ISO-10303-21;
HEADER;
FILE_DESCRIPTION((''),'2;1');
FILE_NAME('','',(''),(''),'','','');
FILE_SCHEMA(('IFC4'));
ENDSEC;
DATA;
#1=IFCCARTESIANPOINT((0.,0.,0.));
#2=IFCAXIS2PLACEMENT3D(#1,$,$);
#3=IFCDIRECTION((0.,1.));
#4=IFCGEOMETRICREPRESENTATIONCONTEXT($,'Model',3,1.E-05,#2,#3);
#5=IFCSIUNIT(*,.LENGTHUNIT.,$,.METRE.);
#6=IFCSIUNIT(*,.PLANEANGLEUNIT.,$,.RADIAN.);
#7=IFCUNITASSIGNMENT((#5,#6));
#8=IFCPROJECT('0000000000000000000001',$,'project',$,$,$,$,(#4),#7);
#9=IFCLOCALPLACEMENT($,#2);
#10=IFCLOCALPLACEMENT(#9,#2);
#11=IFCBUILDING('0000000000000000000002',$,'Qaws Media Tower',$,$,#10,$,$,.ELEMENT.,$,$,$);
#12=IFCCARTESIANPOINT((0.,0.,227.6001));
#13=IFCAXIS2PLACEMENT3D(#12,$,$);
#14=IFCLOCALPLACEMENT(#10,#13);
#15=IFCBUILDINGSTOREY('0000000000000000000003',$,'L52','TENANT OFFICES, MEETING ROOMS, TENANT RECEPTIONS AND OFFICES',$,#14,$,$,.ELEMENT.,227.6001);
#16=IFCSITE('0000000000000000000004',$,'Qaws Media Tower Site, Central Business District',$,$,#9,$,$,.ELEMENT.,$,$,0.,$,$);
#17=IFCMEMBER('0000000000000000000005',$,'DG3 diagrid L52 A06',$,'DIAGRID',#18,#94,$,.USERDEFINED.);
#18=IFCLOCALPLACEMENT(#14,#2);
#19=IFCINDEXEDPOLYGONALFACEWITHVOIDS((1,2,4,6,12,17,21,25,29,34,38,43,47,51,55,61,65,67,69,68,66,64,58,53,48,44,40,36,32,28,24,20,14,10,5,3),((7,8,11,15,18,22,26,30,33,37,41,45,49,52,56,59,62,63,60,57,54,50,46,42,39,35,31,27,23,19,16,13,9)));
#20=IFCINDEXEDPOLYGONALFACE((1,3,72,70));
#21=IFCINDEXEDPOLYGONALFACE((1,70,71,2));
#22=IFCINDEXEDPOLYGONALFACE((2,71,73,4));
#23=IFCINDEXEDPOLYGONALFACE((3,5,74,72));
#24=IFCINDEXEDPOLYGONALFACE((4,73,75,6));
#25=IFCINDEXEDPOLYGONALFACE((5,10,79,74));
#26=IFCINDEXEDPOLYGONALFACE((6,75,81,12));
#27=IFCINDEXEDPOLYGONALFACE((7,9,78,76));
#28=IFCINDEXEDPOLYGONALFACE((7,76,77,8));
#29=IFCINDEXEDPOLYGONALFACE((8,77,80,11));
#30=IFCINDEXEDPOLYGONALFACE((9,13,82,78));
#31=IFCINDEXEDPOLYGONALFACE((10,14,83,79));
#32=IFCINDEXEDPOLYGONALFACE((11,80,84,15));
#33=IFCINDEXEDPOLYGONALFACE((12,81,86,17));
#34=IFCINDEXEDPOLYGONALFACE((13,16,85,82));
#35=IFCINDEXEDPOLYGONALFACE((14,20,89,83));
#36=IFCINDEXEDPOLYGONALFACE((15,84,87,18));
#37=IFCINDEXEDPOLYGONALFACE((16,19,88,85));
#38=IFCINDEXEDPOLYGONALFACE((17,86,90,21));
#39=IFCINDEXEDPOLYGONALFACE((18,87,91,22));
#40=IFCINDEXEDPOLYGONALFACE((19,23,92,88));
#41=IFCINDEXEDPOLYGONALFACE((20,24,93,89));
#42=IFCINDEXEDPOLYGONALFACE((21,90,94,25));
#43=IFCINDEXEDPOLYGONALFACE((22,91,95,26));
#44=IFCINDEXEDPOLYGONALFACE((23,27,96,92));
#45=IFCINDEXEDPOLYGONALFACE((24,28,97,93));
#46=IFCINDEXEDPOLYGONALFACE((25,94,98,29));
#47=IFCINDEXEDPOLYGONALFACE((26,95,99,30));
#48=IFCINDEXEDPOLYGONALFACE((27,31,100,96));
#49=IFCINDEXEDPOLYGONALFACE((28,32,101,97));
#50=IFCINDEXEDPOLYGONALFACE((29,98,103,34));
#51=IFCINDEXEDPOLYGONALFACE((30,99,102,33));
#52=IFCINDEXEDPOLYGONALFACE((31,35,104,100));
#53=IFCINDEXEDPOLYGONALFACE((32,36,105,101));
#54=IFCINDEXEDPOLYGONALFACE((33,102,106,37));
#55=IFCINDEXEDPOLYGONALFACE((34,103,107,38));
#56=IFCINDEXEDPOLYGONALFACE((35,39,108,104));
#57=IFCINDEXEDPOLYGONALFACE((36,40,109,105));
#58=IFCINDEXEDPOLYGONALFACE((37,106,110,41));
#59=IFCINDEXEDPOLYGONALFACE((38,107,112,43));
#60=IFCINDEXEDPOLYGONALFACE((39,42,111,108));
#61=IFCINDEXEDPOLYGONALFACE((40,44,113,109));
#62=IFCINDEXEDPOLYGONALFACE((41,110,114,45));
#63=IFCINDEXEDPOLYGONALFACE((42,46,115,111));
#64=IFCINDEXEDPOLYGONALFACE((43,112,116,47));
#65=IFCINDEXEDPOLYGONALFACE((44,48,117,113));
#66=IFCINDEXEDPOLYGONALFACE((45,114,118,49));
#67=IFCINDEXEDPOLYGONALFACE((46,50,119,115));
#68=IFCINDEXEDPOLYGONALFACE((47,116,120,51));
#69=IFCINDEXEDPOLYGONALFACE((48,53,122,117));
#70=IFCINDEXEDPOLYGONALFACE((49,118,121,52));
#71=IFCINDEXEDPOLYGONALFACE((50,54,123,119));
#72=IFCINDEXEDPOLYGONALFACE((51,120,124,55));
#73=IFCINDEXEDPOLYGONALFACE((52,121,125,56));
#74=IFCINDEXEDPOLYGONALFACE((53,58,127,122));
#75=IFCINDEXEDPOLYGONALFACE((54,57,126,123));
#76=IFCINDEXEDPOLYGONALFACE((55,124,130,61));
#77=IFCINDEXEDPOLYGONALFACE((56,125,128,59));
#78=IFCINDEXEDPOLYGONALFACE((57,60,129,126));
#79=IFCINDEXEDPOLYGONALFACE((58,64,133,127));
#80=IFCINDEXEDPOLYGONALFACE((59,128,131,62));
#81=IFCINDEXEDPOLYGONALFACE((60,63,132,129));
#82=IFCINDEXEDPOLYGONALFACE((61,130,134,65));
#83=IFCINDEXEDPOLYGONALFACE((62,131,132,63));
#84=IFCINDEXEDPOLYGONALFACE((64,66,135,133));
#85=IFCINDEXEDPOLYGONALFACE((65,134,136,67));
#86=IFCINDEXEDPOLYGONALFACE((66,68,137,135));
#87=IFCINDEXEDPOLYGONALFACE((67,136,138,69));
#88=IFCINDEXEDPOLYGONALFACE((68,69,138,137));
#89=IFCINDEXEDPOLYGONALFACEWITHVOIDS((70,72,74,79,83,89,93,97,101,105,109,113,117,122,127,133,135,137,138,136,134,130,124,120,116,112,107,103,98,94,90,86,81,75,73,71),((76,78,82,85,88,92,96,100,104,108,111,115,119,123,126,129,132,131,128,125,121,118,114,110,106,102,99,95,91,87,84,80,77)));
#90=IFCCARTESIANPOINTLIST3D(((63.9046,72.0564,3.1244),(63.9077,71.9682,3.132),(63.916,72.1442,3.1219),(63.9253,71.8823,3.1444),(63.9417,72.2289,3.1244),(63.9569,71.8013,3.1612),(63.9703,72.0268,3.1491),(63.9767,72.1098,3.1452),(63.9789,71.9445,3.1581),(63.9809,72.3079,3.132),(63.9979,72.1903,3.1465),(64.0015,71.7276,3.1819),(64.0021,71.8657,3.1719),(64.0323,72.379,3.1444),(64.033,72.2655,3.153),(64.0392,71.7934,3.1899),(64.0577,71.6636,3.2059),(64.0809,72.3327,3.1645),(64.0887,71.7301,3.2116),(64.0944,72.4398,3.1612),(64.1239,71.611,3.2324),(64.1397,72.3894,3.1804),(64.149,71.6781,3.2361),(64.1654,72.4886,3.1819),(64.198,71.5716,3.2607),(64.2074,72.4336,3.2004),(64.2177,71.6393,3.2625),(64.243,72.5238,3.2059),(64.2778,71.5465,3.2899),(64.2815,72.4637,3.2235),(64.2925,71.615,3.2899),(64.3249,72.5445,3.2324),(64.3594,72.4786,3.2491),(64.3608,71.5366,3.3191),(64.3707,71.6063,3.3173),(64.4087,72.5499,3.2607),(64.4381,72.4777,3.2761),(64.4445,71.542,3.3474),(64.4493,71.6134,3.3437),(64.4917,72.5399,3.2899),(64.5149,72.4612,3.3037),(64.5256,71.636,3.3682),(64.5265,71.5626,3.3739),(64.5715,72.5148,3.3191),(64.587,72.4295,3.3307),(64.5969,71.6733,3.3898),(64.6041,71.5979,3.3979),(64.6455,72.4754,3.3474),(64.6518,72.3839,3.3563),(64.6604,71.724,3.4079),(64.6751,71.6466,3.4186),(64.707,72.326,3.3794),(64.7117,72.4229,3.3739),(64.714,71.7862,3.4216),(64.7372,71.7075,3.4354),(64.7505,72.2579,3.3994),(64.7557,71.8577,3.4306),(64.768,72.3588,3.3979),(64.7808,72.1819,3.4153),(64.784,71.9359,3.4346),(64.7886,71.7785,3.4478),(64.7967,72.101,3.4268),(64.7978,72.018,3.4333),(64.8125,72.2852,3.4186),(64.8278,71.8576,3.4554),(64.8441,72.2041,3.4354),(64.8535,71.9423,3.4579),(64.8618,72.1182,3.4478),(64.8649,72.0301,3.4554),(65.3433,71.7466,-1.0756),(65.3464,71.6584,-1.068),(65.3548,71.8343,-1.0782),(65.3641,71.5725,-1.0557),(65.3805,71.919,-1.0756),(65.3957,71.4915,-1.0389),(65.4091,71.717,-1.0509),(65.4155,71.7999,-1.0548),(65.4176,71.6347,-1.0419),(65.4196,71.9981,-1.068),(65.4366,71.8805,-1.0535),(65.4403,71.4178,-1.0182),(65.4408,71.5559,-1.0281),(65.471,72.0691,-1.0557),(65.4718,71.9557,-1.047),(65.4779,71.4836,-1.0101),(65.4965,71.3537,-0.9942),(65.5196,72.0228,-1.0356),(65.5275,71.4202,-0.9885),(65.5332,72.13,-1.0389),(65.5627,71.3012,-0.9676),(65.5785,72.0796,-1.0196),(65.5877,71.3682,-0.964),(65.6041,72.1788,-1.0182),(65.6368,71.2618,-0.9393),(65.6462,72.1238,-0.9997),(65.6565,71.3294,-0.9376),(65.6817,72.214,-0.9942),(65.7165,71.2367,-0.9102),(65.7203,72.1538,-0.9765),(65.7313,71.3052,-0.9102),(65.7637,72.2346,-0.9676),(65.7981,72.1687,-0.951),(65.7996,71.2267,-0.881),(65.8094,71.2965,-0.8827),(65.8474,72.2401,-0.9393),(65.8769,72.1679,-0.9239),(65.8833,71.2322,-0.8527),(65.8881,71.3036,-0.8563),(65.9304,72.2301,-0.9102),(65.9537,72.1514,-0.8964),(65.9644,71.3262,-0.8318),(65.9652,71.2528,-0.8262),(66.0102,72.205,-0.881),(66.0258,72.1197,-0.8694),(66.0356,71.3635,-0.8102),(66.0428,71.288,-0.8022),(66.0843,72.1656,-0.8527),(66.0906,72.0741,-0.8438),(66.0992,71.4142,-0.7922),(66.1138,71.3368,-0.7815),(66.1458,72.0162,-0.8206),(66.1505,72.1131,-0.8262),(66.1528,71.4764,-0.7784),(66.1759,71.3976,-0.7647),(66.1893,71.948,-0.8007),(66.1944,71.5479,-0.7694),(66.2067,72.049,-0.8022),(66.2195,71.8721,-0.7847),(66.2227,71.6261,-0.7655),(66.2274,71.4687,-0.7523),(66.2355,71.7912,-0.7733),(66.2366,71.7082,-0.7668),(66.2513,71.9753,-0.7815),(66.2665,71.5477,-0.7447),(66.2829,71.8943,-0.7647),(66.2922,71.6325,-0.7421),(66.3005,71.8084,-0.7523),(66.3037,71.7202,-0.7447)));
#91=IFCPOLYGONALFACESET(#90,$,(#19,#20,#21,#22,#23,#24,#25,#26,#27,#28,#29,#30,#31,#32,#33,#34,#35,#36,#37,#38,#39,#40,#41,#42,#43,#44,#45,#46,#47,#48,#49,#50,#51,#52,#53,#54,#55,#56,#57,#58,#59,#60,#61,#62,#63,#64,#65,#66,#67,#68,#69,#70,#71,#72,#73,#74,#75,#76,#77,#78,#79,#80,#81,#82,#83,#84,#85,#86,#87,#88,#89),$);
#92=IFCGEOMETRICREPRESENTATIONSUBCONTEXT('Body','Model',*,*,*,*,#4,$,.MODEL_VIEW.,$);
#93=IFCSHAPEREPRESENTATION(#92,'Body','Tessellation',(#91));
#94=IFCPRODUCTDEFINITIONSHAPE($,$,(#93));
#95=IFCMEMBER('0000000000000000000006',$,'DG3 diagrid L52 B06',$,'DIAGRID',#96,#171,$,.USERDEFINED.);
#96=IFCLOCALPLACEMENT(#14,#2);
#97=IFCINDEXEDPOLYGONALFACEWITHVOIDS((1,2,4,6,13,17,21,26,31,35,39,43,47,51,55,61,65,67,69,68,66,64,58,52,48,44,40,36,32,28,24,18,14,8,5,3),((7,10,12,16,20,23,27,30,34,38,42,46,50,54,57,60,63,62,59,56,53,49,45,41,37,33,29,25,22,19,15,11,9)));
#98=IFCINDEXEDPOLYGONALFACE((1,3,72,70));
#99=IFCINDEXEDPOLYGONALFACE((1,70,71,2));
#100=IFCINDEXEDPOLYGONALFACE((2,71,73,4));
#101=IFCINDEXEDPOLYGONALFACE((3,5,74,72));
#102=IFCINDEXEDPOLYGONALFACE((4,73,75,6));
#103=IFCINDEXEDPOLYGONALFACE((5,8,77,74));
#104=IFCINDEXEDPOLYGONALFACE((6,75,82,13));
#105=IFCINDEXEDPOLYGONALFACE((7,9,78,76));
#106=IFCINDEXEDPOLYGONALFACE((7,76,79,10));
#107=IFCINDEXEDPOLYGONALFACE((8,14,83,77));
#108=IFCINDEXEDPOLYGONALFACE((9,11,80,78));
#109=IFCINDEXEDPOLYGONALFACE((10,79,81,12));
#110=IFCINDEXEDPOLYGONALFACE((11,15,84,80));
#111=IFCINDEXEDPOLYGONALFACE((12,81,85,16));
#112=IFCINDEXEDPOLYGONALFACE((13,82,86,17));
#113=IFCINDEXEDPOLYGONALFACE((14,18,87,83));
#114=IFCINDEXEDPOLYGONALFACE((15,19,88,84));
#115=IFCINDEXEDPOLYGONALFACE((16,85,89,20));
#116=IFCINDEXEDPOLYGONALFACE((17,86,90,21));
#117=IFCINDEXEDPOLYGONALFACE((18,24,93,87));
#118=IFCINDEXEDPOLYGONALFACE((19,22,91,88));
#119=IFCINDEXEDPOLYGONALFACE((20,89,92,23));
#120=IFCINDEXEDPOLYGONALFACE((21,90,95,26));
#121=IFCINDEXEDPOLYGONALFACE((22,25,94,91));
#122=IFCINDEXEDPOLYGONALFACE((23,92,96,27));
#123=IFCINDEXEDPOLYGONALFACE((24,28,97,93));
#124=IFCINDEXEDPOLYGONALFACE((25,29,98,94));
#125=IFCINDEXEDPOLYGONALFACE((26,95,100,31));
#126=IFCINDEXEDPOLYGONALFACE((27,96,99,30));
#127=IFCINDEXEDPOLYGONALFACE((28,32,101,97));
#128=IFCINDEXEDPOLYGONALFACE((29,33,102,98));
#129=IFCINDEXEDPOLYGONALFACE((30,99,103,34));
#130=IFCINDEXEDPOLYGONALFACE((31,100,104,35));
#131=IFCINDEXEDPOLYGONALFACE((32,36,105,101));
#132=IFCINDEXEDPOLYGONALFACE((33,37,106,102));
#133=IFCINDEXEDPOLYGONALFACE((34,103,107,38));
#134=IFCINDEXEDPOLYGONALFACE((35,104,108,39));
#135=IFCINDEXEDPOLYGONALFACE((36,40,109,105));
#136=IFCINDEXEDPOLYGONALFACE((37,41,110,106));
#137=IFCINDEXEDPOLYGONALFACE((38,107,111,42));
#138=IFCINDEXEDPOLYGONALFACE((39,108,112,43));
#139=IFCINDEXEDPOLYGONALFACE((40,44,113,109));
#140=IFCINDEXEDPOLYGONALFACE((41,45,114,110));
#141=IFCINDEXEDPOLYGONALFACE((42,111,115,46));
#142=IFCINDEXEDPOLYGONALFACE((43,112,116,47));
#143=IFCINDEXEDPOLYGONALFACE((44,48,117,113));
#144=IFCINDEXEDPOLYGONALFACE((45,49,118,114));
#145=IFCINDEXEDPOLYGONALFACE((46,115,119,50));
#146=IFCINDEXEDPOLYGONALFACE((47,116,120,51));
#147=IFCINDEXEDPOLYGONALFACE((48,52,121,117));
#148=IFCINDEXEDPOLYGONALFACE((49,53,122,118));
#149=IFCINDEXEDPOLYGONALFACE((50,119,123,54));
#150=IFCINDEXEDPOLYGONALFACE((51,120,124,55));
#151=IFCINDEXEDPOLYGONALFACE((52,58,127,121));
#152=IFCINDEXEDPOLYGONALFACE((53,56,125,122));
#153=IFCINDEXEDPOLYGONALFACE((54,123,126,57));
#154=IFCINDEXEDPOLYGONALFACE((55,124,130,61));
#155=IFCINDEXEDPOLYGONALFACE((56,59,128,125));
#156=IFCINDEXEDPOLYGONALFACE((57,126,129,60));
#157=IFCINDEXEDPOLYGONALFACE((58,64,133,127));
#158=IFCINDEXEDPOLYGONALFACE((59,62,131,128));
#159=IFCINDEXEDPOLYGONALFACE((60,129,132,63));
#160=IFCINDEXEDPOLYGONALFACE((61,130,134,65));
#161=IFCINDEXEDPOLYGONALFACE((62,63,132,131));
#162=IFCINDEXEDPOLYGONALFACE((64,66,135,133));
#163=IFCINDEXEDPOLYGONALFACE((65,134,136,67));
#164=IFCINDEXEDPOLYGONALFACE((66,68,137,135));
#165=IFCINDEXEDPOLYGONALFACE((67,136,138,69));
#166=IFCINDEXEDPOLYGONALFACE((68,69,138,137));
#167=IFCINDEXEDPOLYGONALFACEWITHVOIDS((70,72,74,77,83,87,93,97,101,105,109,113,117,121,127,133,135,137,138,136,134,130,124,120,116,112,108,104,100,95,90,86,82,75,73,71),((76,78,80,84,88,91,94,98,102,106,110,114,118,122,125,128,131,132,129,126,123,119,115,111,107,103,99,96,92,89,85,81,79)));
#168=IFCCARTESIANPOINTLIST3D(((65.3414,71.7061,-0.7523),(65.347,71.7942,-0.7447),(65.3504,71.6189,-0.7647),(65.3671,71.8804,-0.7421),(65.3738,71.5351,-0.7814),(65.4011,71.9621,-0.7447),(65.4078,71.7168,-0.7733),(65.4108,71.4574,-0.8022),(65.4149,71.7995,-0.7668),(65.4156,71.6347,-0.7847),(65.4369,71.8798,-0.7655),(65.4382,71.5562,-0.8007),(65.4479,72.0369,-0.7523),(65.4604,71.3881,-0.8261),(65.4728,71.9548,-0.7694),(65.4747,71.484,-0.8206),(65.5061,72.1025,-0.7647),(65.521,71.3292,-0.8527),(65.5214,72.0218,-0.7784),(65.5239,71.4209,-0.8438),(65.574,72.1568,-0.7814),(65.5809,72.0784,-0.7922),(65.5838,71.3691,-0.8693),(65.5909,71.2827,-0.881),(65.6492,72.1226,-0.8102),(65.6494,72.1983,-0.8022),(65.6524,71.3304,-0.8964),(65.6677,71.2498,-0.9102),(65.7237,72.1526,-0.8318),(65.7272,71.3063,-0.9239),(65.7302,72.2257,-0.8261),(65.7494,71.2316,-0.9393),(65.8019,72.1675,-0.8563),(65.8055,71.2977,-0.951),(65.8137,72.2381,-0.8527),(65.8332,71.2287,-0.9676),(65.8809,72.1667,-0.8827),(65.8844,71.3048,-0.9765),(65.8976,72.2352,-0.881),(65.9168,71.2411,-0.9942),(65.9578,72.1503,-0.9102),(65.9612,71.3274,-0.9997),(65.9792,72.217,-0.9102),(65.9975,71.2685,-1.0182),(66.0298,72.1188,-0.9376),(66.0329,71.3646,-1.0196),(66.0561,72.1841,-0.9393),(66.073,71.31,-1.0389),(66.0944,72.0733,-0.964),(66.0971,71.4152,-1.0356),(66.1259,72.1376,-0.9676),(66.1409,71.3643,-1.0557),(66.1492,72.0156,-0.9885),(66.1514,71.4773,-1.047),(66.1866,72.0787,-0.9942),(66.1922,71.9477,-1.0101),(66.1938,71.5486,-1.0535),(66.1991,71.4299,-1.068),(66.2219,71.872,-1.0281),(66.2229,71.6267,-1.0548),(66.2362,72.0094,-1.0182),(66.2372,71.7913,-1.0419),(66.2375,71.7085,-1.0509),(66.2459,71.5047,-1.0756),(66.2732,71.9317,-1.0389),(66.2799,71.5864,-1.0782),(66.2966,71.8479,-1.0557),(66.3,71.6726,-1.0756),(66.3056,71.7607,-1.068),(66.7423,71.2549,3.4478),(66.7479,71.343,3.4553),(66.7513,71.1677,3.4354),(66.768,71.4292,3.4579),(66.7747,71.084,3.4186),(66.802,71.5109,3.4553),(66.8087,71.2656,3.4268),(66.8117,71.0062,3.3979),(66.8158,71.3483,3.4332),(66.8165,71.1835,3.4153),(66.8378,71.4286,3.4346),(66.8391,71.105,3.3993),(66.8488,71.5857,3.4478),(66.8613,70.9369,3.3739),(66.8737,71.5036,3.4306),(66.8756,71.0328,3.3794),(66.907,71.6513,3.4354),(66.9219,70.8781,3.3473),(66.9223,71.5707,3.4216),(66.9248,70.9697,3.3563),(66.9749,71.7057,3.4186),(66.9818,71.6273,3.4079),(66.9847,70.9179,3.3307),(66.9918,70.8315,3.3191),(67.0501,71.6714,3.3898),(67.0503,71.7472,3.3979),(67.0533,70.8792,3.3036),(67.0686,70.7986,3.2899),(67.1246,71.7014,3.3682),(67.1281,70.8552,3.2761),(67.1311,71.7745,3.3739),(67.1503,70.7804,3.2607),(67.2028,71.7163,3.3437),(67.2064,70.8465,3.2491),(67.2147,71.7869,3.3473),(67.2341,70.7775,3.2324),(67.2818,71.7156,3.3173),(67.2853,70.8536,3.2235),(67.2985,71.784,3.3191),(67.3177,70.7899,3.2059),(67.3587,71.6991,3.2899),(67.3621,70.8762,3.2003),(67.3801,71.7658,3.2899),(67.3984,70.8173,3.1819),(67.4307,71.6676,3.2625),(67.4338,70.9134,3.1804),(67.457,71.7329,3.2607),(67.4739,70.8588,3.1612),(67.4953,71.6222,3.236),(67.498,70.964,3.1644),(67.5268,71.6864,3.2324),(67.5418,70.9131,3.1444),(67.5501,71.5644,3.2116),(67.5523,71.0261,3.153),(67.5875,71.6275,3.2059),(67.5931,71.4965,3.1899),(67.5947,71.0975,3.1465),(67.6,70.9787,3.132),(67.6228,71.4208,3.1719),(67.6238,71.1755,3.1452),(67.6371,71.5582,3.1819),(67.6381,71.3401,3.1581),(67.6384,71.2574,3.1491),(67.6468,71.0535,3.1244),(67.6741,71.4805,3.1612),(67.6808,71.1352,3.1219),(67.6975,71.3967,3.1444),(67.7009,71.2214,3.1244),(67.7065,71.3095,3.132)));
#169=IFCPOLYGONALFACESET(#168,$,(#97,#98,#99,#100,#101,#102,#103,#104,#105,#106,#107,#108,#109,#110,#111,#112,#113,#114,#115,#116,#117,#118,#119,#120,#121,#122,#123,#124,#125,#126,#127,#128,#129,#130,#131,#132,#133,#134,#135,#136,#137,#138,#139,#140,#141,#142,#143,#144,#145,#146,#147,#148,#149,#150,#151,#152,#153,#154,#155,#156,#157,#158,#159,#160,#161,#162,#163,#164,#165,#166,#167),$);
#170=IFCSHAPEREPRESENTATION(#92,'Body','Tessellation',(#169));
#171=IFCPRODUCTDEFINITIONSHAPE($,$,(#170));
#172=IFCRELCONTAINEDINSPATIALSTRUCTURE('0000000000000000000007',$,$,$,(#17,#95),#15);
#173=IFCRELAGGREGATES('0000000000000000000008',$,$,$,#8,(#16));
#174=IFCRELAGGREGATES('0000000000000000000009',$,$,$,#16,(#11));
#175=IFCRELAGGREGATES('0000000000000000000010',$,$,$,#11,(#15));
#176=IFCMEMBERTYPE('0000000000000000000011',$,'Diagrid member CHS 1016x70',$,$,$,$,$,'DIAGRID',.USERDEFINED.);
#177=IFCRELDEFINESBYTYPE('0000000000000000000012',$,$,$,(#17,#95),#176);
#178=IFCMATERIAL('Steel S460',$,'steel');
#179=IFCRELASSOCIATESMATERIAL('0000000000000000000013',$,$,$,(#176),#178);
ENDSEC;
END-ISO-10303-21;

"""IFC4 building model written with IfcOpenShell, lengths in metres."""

from ifc_helpers import new_model, si_unit, direction, frame, origin, origin_2d, place, context, subcontext, project, spatial, hollow_circle, extrude, material, material_profile, profile_set, type_object, element, save


model = new_model("IFC4")

# Units and contexts
model_context = context("Model", 3, precision=1e-05, world=origin(), true_north=direction((0.0, 1.0)))
body_context = subcontext(model_context, "Body", "Model", "MODEL_VIEW")
ifc_project = project(units=[si_unit("LENGTHUNIT", "METRE"), si_unit("PLANEANGLEUNIT", "RADIAN")], contexts=[model_context])

# Site, building, storey
site_placement = place(None, origin())
site = spatial("IfcSite", under=ifc_project, at=site_placement, Name="Qaws Media Tower Site, Central Business District", CompositionType="ELEMENT", RefElevation=0.0)
building_placement = place(site_placement, origin())
building = spatial("IfcBuilding", under=site, at=building_placement, Name="Qaws Media Tower", CompositionType="ELEMENT")
storey_placement = place(building_placement, frame((0.0, 0.0, 227.6001)))
storey = spatial("IfcBuildingStorey", under=building, at=storey_placement, Name="L52", Description="TENANT OFFICES, MEETING ROOMS, TENANT RECEPTIONS AND OFFICES", CompositionType="ELEMENT", Elevation=227.6001)

# Members
ifc_material_1 = material(Name="Steel S460", Category="steel")
ifc_material_profile_1 = material_profile(ifc_material_1, hollow_circle(Radius=0.5081, WallThickness=0.0701, at=origin_2d()), Name="CHS 1016x70")
ifc_profile_set_1 = profile_set([ifc_material_profile_1], Name="Steel S460")
member_type_1 = type_object("IfcMemberType", Name="Diagrid member CHS 1016x70", ElementType="DIAGRID", PredefinedType="USERDEFINED", material=ifc_profile_set_1)
for number, where, z_axis, x_axis, name in (
    (1, (65.8235, 71.7334, -0.9102), (-0.323284, 0.069616, 0.943738), (-0.210515, -0.977591, 0.0), "DG3 diagrid L52 A06"),
    (2, (65.8235, 71.7334, -0.9102), (0.31478, -0.101379, 0.943735), (0.306557, 0.951852, 0.0), "DG3 diagrid L52 B06"),
):
    element("IfcMember", number, at=place(storey_placement, frame(where, z_axis=z_axis, x_axis=x_axis)), inside=storey, type_object=member_type_1, Name=name, ObjectType="DIAGRID", PredefinedType="USERDEFINED", context=body_context, shape_type="SweptSolid", body=[
        extrude(hollow_circle(Radius=0.5081, WallThickness=0.0701, at=origin_2d()), origin(), (0.0, 0.0, 1.0), 4.4504),
    ])

save(model, "model.ifc")
